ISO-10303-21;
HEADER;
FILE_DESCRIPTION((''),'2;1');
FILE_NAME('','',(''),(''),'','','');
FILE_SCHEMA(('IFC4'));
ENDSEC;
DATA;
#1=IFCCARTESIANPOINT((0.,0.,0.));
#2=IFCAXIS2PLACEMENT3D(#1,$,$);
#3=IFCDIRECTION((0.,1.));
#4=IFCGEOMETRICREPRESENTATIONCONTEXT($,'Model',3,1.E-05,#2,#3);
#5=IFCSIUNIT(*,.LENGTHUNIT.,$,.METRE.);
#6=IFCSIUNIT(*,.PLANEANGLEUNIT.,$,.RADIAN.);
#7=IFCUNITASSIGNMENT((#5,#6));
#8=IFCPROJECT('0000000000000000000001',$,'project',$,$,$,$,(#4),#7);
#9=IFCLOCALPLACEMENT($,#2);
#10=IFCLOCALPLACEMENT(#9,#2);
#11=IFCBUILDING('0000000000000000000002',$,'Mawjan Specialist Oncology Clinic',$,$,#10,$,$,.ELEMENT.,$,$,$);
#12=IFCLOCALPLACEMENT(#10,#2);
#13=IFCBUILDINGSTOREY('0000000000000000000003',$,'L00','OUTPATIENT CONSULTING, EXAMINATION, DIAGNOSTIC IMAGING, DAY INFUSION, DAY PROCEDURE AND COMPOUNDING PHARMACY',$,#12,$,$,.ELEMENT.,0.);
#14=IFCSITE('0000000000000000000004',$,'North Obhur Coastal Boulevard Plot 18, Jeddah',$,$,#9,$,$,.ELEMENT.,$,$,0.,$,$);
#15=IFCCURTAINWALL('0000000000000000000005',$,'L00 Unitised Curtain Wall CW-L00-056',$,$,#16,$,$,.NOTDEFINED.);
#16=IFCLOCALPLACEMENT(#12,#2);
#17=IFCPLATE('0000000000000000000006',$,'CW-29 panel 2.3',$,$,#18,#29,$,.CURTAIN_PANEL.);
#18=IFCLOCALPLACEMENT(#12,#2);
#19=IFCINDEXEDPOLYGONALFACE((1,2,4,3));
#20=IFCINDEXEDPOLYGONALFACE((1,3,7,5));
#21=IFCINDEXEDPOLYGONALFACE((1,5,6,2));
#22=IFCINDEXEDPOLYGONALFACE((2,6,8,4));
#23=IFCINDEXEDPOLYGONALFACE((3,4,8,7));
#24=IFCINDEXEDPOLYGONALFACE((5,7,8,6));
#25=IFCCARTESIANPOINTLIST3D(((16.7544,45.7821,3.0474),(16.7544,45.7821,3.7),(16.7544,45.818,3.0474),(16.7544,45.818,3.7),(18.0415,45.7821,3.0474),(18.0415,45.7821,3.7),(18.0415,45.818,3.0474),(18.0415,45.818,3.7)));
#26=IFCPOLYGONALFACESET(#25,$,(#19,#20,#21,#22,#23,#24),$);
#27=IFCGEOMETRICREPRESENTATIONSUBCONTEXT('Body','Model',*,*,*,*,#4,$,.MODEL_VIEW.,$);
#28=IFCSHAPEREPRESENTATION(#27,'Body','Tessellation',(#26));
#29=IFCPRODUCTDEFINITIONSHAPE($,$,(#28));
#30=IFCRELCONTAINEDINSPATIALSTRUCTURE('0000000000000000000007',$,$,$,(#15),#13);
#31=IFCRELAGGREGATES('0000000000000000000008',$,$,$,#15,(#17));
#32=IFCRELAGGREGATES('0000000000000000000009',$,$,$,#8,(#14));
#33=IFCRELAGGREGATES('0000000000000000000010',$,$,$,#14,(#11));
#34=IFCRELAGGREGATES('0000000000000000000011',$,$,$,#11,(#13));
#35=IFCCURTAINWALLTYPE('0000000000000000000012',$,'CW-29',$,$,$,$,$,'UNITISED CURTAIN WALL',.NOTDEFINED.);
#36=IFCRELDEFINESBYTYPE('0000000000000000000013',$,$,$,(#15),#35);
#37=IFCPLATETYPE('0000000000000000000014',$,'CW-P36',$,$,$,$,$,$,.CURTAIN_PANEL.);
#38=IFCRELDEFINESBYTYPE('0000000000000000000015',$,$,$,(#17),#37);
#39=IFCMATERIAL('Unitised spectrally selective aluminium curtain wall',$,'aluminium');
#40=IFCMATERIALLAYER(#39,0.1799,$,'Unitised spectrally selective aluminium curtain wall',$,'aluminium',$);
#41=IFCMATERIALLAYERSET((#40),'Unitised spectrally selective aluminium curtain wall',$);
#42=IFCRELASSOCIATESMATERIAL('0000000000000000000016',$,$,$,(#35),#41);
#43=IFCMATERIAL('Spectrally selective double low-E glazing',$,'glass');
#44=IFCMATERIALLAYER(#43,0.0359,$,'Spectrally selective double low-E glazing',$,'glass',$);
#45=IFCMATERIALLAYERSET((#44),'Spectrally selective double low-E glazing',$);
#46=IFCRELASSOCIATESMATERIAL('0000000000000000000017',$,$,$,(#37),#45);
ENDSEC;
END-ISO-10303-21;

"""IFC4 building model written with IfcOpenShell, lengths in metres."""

from ifc_helpers import new_model, si_unit, direction, frame, origin, origin_2d, place, context, subcontext, project, spatial, rectangle, extrude, material, layer, layer_set, type_object, element, aggregate, save


model = new_model("IFC4")

# Units and contexts
model_context = context("Model", 3, precision=1e-05, world=origin(), true_north=direction((0.0, 1.0)))
body_context = subcontext(model_context, "Body", "Model", "MODEL_VIEW")
ifc_project = project(units=[si_unit("LENGTHUNIT", "METRE"), si_unit("PLANEANGLEUNIT", "RADIAN")], contexts=[model_context])

# Site, building, storey
site_placement = place(None, origin())
site = spatial("IfcSite", under=ifc_project, at=site_placement, Name="North Obhur Coastal Boulevard Plot 18, Jeddah", CompositionType="ELEMENT", RefElevation=0.0)
building_placement = place(site_placement, origin())
building = spatial("IfcBuilding", under=site, at=building_placement, Name="Mawjan Specialist Oncology Clinic", CompositionType="ELEMENT")
storey_placement = place(building_placement, origin())
storey = spatial("IfcBuildingStorey", under=building, at=storey_placement, Name="L00", Description="OUTPATIENT CONSULTING, EXAMINATION, DIAGNOSTIC IMAGING, DAY INFUSION, DAY PROCEDURE AND COMPOUNDING PHARMACY", CompositionType="ELEMENT", Elevation=0.0)

# Curtain wall
ifc_material_1 = material(Name="Unitised spectrally selective aluminium curtain wall", Category="aluminium")
ifc_layer_1 = layer(ifc_material_1, 0.1799, Name="Unitised spectrally selective aluminium curtain wall", Category="aluminium")
ifc_layer_set_1 = layer_set([ifc_layer_1], Name="Unitised spectrally selective aluminium curtain wall")
curtain_wall_type_1 = type_object("IfcCurtainWallType", Name="CW-29", ElementType="UNITISED CURTAIN WALL", PredefinedType="NOTDEFINED", material=ifc_layer_set_1)
curtain_wall_1_placement = place(storey_placement, origin())
curtain_wall_1 = element("IfcCurtainWall", 1, at=curtain_wall_1_placement, inside=storey, type_object=curtain_wall_type_1, Name="L00 Unitised Curtain Wall CW-L00-056", PredefinedType="NOTDEFINED")

# Plate
ifc_material_2 = material(Name="Spectrally selective double low-E glazing", Category="glass")
ifc_layer_2 = layer(ifc_material_2, 0.0359, Name="Spectrally selective double low-E glazing", Category="glass")
ifc_layer_set_2 = layer_set([ifc_layer_2], Name="Spectrally selective double low-E glazing")
plate_type = type_object("IfcPlateType", Name="CW-P36", PredefinedType="CURTAIN_PANEL", material=ifc_layer_set_2)
plate_1_placement = place(storey_placement, frame((17.3979, 45.8, 3.0474), z_axis=(0.0, 0.0, 1.0), x_axis=(1.0, 0.0, 0.0)))
plate_1 = element("IfcPlate", 2, at=plate_1_placement, type_object=plate_type, Name="CW-29 panel 2.3", PredefinedType="CURTAIN_PANEL", context=body_context, shape_type="SweptSolid", body=[
    extrude(rectangle(XDim=1.2871, YDim=0.0359, at=origin_2d()), origin(), (0.0, 0.0, 1.0), 0.6526),
])
aggregate(curtain_wall_1, [plate_1])

save(model, "model.ifc")
